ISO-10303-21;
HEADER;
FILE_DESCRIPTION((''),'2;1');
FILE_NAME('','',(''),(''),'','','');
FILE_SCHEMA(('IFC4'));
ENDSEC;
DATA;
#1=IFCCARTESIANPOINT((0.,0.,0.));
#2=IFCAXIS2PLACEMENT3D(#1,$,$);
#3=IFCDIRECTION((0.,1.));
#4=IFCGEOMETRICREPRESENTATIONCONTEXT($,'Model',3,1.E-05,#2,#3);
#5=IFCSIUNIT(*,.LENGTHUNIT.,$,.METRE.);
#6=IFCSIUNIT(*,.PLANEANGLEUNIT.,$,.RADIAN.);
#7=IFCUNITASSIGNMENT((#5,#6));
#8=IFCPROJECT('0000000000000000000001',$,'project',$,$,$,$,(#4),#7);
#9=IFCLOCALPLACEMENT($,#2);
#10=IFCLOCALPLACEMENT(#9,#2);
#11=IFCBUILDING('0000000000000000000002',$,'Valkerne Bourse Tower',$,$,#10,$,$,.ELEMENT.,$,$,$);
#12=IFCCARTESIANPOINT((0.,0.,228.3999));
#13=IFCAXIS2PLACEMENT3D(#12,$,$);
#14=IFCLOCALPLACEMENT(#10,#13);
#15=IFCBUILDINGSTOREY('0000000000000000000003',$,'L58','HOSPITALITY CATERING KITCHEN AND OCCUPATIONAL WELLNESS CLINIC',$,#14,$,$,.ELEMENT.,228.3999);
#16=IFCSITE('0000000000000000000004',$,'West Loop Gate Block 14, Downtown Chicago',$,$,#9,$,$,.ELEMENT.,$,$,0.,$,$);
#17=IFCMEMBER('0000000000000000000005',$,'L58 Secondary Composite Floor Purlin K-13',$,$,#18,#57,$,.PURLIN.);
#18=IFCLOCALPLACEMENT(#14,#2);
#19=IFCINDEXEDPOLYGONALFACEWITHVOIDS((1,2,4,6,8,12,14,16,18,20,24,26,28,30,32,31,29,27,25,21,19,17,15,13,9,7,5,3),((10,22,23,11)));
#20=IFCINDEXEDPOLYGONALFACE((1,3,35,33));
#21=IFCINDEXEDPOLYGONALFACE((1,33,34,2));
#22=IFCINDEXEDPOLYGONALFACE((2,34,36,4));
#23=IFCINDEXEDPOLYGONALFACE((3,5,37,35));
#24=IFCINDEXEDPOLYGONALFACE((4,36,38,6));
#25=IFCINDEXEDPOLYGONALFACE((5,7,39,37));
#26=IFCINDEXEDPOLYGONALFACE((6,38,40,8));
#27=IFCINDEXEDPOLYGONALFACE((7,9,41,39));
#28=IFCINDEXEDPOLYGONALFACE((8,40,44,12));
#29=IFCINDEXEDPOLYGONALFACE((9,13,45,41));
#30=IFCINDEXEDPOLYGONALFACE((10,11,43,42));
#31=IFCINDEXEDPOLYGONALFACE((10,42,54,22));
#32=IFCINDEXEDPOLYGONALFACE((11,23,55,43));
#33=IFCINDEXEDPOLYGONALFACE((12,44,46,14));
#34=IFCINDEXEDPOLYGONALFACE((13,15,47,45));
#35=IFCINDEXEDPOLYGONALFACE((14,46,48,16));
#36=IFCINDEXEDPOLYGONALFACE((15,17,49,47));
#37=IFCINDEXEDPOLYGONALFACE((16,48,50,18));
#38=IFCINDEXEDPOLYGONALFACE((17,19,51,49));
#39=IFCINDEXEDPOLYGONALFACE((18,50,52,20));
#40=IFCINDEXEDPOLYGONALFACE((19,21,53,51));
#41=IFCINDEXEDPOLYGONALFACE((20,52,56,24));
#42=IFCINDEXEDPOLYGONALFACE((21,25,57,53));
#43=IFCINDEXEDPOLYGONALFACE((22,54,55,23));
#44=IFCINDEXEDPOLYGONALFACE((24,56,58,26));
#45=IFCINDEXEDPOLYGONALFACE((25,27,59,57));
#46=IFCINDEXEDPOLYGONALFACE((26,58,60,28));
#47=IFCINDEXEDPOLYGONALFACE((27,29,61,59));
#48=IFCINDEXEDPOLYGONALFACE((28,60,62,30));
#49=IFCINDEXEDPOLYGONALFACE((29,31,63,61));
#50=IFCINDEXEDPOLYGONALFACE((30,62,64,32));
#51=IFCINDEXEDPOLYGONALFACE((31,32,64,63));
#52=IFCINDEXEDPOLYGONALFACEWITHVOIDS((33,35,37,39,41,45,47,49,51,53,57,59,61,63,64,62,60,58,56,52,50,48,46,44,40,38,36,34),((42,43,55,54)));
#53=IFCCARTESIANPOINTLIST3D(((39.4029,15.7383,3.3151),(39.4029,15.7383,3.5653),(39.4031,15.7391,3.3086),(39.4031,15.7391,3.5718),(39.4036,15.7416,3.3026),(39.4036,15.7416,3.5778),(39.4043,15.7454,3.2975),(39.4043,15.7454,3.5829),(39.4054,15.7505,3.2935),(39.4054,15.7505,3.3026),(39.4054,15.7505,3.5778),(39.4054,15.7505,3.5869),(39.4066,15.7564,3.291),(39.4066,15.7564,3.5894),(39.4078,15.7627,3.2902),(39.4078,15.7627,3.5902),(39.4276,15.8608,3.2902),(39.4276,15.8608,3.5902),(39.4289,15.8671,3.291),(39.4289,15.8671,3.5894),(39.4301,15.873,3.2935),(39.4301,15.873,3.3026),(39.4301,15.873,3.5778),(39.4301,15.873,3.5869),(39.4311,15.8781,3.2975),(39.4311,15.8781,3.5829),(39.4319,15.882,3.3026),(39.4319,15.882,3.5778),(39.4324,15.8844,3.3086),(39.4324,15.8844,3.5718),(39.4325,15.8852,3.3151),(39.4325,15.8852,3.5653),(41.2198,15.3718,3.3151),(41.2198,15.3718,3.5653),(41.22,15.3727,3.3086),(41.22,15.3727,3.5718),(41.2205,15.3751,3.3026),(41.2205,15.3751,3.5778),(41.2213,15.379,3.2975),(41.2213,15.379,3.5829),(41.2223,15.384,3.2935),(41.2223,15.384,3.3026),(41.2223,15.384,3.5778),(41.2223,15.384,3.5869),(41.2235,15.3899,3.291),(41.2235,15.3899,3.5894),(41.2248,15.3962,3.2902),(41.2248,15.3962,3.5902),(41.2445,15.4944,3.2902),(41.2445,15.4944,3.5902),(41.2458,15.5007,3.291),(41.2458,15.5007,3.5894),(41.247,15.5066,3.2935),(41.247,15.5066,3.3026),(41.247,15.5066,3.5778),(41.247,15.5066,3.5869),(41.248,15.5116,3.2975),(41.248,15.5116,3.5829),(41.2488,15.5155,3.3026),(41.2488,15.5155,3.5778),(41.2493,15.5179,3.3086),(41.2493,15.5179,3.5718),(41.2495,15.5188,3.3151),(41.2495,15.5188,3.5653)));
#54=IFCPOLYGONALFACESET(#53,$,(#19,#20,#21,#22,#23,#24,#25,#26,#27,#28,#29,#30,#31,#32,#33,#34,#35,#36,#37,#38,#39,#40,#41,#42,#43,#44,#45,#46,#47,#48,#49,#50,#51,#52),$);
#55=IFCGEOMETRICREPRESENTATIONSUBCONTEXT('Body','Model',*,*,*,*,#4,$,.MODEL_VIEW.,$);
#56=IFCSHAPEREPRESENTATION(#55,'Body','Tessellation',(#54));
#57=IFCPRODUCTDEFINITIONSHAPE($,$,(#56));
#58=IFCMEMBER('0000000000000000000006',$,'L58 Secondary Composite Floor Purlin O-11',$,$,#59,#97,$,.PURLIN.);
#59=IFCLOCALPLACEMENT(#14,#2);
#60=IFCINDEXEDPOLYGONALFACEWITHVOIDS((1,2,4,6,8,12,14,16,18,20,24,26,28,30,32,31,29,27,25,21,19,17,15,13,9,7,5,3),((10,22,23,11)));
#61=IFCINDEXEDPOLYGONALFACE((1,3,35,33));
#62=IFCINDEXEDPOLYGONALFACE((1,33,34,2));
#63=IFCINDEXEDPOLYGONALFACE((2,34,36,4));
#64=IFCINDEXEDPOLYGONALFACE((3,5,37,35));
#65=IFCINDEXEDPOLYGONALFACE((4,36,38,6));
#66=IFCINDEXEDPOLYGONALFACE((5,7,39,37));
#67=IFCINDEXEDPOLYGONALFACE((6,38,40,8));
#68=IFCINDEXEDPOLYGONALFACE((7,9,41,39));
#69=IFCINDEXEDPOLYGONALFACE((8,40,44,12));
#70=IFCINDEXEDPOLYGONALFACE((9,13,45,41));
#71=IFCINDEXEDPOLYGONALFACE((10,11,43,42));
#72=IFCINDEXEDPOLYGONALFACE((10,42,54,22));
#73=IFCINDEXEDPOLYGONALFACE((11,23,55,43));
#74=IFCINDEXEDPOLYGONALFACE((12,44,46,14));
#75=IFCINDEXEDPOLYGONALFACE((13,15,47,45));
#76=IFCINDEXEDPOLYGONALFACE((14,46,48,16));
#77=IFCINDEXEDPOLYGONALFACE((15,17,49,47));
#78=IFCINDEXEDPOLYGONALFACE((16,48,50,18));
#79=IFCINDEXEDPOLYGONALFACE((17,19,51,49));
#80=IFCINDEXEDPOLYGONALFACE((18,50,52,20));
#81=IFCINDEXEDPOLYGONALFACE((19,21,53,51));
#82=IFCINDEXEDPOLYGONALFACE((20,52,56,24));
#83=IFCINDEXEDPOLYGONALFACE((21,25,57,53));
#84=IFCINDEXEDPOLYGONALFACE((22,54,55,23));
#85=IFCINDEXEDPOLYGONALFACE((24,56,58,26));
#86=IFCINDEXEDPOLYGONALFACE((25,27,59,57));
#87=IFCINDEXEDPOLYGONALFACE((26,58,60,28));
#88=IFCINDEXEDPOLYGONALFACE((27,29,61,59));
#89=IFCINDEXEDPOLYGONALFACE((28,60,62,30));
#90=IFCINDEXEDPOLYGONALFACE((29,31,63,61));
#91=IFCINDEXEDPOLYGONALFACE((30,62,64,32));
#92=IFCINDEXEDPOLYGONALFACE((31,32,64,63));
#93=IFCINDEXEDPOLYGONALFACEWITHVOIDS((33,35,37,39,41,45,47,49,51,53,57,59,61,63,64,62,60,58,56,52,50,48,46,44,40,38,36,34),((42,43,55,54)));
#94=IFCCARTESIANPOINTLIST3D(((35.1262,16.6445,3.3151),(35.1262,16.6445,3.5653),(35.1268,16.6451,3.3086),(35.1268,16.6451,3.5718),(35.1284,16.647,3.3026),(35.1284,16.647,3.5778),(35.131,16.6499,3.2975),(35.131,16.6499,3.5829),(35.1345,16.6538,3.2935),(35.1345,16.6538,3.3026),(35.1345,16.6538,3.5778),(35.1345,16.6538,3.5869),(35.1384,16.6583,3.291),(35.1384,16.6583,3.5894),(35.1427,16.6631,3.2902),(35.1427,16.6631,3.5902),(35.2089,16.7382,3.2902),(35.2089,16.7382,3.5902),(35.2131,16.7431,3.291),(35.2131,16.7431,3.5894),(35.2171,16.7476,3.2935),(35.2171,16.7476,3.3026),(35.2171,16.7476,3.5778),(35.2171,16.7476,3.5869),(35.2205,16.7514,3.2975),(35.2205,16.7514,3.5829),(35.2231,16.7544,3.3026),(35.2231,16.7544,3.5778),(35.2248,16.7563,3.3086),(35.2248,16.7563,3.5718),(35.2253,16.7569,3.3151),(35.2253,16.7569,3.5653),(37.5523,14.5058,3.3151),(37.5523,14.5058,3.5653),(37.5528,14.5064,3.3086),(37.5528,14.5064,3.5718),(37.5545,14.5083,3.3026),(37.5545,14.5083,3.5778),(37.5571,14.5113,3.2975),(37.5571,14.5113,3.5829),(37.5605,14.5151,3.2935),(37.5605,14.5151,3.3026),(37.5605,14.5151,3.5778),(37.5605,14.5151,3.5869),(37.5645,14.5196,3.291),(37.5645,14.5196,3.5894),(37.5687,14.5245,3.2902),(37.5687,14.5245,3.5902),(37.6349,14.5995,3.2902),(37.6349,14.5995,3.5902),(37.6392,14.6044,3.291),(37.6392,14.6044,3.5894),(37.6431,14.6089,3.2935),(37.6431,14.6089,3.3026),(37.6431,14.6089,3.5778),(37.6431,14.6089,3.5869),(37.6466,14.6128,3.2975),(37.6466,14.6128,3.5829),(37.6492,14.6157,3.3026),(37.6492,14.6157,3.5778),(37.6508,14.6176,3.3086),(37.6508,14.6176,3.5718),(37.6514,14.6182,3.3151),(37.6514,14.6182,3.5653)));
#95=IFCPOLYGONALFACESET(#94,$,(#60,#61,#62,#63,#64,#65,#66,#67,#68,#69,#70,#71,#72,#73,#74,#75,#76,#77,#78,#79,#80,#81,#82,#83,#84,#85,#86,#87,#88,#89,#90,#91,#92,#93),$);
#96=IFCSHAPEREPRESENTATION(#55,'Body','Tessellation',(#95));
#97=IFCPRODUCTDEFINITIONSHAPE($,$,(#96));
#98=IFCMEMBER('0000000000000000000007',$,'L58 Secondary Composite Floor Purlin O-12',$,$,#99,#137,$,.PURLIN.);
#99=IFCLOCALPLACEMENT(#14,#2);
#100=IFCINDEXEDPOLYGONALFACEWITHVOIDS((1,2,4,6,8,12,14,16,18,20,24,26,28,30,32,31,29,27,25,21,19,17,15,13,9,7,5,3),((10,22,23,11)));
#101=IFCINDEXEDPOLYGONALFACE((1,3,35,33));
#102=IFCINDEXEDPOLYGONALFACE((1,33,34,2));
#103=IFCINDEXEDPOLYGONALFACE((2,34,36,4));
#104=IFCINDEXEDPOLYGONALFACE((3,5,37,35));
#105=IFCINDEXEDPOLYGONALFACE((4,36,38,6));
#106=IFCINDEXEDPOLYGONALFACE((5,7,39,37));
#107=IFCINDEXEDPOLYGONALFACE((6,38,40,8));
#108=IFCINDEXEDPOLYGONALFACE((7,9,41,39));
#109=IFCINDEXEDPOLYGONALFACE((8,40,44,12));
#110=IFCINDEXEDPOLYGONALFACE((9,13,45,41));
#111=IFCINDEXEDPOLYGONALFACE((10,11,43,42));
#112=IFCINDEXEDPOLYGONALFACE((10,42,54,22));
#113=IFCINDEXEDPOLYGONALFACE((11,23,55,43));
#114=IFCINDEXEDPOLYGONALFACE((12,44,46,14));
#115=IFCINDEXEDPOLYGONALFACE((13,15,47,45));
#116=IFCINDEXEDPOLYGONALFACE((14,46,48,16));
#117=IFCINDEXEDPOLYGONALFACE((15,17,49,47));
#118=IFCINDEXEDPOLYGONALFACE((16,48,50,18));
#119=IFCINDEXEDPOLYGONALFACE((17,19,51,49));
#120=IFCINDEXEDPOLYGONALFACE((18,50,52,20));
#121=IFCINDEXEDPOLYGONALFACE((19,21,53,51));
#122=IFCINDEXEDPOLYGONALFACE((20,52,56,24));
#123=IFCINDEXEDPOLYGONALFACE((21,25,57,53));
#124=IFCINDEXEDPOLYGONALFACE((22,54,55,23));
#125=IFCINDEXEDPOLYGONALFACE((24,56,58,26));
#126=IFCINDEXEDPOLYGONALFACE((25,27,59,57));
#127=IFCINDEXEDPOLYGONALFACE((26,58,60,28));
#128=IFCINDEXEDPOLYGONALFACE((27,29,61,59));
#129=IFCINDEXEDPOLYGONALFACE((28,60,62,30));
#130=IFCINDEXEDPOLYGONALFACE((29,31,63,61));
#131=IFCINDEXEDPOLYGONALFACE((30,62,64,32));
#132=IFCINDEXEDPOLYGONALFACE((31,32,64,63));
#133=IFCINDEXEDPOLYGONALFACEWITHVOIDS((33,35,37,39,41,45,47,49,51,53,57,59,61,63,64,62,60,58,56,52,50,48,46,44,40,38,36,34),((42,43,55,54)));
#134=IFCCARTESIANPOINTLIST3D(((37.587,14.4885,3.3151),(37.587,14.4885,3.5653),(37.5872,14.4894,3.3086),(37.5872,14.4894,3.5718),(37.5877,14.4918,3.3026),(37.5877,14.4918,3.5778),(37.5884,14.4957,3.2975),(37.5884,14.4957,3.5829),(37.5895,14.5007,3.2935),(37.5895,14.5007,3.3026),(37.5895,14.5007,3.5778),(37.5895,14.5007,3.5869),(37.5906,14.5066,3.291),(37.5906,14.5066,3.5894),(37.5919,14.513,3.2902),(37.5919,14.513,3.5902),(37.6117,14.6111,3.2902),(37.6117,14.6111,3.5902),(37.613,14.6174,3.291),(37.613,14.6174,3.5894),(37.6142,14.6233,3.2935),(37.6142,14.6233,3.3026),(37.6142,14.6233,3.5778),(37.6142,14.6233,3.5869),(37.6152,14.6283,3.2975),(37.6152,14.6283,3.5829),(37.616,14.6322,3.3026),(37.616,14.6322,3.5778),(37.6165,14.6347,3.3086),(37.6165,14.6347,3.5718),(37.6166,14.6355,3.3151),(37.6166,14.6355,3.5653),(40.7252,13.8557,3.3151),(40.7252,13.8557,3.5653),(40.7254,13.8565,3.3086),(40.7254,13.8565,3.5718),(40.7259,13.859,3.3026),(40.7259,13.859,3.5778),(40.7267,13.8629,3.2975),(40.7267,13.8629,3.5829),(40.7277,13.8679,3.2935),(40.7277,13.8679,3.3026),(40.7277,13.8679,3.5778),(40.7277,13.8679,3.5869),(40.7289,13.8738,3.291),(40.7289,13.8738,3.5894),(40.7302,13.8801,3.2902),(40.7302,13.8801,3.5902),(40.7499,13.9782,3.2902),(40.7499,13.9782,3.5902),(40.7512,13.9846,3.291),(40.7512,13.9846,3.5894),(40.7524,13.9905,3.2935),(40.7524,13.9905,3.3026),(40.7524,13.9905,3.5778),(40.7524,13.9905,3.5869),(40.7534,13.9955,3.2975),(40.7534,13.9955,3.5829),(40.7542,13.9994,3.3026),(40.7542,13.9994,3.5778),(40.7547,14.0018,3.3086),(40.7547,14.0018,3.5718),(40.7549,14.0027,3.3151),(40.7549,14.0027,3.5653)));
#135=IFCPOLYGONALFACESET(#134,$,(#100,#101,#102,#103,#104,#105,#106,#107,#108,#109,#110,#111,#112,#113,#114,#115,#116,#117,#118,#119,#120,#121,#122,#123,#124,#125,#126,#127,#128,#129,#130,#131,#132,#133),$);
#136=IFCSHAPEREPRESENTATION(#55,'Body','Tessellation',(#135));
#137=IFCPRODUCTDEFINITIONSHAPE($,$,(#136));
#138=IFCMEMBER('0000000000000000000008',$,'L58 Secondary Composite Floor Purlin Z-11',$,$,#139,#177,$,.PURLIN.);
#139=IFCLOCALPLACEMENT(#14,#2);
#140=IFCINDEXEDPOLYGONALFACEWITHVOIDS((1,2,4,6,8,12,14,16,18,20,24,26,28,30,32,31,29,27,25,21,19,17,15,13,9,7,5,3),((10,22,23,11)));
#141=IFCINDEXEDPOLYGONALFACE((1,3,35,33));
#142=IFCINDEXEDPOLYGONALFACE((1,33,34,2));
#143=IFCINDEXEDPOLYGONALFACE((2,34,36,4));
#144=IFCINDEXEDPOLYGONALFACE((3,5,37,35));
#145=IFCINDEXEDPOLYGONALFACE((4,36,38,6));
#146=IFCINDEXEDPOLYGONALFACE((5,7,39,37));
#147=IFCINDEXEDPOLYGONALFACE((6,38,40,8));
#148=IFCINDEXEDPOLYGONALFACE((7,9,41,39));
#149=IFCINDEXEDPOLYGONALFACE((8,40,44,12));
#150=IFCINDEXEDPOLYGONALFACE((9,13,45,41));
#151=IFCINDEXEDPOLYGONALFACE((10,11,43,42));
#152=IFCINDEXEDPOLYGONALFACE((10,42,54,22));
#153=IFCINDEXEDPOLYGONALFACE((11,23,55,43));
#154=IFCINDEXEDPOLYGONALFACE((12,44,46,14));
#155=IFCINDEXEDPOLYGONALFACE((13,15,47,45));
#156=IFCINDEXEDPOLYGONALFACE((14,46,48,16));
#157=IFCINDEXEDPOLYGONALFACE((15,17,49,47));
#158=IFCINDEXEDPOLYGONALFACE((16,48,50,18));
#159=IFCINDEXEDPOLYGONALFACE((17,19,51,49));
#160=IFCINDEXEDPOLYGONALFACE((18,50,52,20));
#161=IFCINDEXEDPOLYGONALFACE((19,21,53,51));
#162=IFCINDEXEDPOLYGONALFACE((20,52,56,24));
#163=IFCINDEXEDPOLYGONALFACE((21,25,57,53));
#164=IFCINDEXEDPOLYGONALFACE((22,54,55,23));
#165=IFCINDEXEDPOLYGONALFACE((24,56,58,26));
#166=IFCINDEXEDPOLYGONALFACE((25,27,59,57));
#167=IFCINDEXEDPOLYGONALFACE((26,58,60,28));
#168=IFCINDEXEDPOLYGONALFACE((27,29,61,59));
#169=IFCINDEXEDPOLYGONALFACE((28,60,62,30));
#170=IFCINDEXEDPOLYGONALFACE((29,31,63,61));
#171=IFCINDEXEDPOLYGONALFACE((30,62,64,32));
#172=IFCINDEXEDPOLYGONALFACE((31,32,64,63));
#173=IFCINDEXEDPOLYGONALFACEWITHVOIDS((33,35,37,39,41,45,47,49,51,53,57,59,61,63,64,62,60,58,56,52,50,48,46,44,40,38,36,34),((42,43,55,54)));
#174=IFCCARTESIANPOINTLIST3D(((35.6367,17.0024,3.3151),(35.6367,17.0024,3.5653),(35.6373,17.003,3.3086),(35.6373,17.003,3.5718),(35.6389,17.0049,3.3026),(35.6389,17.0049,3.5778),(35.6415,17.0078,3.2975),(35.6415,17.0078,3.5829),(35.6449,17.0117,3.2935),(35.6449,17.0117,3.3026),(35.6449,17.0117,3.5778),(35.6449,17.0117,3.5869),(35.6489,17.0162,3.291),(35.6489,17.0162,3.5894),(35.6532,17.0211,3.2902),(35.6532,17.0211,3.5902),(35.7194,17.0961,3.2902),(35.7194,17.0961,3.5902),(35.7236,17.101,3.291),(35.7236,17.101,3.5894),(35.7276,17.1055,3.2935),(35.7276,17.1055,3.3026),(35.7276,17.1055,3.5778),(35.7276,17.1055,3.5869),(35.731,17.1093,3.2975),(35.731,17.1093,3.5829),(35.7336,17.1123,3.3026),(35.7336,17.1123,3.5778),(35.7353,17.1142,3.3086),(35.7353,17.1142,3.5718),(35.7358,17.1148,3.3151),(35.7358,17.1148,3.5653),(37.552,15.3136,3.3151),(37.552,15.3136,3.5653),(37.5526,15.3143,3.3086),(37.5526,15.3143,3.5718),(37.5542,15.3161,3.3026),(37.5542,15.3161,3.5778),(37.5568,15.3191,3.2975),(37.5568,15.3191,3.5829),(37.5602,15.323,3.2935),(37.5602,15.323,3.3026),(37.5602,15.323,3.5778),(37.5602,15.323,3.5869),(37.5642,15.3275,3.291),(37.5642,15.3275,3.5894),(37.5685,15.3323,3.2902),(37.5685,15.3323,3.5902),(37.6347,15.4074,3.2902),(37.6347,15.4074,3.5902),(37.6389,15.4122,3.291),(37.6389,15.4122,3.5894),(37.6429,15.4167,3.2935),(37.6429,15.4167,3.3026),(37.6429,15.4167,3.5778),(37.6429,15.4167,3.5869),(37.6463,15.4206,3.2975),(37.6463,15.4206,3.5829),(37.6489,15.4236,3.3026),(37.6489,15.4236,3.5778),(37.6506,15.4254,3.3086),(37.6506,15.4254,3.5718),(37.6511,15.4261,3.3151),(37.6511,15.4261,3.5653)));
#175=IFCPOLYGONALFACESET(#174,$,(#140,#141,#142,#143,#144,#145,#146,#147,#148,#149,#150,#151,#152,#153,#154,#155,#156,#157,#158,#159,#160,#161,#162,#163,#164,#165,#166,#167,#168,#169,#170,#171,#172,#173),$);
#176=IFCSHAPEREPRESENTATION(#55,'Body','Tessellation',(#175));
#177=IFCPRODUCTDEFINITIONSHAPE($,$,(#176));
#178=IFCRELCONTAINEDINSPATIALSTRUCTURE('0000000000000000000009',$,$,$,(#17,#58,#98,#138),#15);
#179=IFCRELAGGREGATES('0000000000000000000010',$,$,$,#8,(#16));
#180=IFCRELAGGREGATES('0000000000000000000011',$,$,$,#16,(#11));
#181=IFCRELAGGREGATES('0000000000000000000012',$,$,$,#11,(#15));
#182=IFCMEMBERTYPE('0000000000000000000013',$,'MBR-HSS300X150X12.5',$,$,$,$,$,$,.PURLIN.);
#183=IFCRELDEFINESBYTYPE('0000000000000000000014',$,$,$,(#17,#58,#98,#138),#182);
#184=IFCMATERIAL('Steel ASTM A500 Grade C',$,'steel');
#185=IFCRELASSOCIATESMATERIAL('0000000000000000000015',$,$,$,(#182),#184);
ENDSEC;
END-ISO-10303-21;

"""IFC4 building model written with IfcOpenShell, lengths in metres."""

from ifc_helpers import new_model, si_unit, direction, frame, origin, origin_2d, place, context, subcontext, project, spatial, hollow_rectangle, extrude, material, material_profile, profile_set, type_object, element, save


model = new_model("IFC4")

# Units and contexts
model_context = context("Model", 3, precision=1e-05, world=origin(), true_north=direction((0.0, 1.0)))
body_context = subcontext(model_context, "Body", "Model", "MODEL_VIEW")
ifc_project = project(units=[si_unit("LENGTHUNIT", "METRE"), si_unit("PLANEANGLEUNIT", "RADIAN")], contexts=[model_context])

# Site, building, storey
site_placement = place(None, origin())
site = spatial("IfcSite", under=ifc_project, at=site_placement, Name="West Loop Gate Block 14, Downtown Chicago", CompositionType="ELEMENT", RefElevation=0.0)
building_placement = place(site_placement, origin())
building = spatial("IfcBuilding", under=site, at=building_placement, Name="Valkerne Bourse Tower", CompositionType="ELEMENT")
storey_placement = place(building_placement, frame((0.0, 0.0, 228.3999)))
storey = spatial("IfcBuildingStorey", under=building, at=storey_placement, Name="L58", Description="HOSPITALITY CATERING KITCHEN AND OCCUPATIONAL WELLNESS CLINIC", CompositionType="ELEMENT", Elevation=228.3999)

# Members
ifc_material_1 = material(Name="Steel ASTM A500 Grade C", Category="steel")
ifc_material_profile_1 = material_profile(ifc_material_1, hollow_rectangle(XDim=0.1499, YDim=0.3, WallThickness=0.0125, OuterFilletRadius=0.0249, at=origin_2d()), Name="HSS300X150X12.5")
ifc_profile_set_1 = profile_set([ifc_material_profile_1], Name="Steel ASTM A500 Grade C")
member_type_1 = type_object("IfcMemberType", Name="MBR-HSS300X150X12.5", PredefinedType="PURLIN", material=ifc_profile_set_1)
member_1_placement = place(storey_placement, frame((39.4177, 15.8118, 3.4402), z_axis=(0.98026, -0.197712, 0.0), x_axis=(0.197712, 0.98026, 0.0)))
element("IfcMember", 1, at=member_1_placement, inside=storey, type_object=member_type_1, Name="L58 Secondary Composite Floor Purlin K-13", PredefinedType="PURLIN", context=body_context, shape_type="SweptSolid", body=[
    extrude(hollow_rectangle(XDim=0.1499, YDim=0.3, WallThickness=0.0125, OuterFilletRadius=0.0249, at=origin_2d()), origin(), (0.0, 0.0, 1.0), 1.8535),
])
member_2_placement = place(storey_placement, frame((35.1758, 16.7007, 3.4402), z_axis=(0.750135, -0.661285, 0.0), x_axis=(0.661285, 0.750135, 0.0)))
element("IfcMember", 2, at=member_2_placement, inside=storey, type_object=member_type_1, Name="L58 Secondary Composite Floor Purlin O-11", PredefinedType="PURLIN", context=body_context, shape_type="SweptSolid", body=[
    extrude(hollow_rectangle(XDim=0.1499, YDim=0.3, WallThickness=0.0125, OuterFilletRadius=0.0249, at=origin_2d()), origin(), (0.0, 0.0, 1.0), 3.2341),
])
member_3_placement = place(storey_placement, frame((37.6018, 14.562, 3.4402), z_axis=(0.980269, -0.19767, 0.0), x_axis=(0.19767, 0.980269, 0.0)))
element("IfcMember", 3, at=member_3_placement, inside=storey, type_object=member_type_1, Name="L58 Secondary Composite Floor Purlin O-12", PredefinedType="PURLIN", context=body_context, shape_type="SweptSolid", body=[
    extrude(hollow_rectangle(XDim=0.1499, YDim=0.3, WallThickness=0.0125, OuterFilletRadius=0.0249, at=origin_2d()), origin(), (0.0, 0.0, 1.0), 3.2014),
])
member_4_placement = place(storey_placement, frame((35.6863, 17.0586, 3.4402), z_axis=(0.750078, -0.66135, 0.0), x_axis=(0.66135, 0.750078, 0.0)))
element("IfcMember", 4, at=member_4_placement, inside=storey, type_object=member_type_1, Name="L58 Secondary Composite Floor Purlin Z-11", PredefinedType="PURLIN", context=body_context, shape_type="SweptSolid", body=[
    extrude(hollow_rectangle(XDim=0.1499, YDim=0.3, WallThickness=0.0125, OuterFilletRadius=0.0249, at=origin_2d()), origin(), (0.0, 0.0, 1.0), 2.5535),
])

save(model, "model.ifc")
